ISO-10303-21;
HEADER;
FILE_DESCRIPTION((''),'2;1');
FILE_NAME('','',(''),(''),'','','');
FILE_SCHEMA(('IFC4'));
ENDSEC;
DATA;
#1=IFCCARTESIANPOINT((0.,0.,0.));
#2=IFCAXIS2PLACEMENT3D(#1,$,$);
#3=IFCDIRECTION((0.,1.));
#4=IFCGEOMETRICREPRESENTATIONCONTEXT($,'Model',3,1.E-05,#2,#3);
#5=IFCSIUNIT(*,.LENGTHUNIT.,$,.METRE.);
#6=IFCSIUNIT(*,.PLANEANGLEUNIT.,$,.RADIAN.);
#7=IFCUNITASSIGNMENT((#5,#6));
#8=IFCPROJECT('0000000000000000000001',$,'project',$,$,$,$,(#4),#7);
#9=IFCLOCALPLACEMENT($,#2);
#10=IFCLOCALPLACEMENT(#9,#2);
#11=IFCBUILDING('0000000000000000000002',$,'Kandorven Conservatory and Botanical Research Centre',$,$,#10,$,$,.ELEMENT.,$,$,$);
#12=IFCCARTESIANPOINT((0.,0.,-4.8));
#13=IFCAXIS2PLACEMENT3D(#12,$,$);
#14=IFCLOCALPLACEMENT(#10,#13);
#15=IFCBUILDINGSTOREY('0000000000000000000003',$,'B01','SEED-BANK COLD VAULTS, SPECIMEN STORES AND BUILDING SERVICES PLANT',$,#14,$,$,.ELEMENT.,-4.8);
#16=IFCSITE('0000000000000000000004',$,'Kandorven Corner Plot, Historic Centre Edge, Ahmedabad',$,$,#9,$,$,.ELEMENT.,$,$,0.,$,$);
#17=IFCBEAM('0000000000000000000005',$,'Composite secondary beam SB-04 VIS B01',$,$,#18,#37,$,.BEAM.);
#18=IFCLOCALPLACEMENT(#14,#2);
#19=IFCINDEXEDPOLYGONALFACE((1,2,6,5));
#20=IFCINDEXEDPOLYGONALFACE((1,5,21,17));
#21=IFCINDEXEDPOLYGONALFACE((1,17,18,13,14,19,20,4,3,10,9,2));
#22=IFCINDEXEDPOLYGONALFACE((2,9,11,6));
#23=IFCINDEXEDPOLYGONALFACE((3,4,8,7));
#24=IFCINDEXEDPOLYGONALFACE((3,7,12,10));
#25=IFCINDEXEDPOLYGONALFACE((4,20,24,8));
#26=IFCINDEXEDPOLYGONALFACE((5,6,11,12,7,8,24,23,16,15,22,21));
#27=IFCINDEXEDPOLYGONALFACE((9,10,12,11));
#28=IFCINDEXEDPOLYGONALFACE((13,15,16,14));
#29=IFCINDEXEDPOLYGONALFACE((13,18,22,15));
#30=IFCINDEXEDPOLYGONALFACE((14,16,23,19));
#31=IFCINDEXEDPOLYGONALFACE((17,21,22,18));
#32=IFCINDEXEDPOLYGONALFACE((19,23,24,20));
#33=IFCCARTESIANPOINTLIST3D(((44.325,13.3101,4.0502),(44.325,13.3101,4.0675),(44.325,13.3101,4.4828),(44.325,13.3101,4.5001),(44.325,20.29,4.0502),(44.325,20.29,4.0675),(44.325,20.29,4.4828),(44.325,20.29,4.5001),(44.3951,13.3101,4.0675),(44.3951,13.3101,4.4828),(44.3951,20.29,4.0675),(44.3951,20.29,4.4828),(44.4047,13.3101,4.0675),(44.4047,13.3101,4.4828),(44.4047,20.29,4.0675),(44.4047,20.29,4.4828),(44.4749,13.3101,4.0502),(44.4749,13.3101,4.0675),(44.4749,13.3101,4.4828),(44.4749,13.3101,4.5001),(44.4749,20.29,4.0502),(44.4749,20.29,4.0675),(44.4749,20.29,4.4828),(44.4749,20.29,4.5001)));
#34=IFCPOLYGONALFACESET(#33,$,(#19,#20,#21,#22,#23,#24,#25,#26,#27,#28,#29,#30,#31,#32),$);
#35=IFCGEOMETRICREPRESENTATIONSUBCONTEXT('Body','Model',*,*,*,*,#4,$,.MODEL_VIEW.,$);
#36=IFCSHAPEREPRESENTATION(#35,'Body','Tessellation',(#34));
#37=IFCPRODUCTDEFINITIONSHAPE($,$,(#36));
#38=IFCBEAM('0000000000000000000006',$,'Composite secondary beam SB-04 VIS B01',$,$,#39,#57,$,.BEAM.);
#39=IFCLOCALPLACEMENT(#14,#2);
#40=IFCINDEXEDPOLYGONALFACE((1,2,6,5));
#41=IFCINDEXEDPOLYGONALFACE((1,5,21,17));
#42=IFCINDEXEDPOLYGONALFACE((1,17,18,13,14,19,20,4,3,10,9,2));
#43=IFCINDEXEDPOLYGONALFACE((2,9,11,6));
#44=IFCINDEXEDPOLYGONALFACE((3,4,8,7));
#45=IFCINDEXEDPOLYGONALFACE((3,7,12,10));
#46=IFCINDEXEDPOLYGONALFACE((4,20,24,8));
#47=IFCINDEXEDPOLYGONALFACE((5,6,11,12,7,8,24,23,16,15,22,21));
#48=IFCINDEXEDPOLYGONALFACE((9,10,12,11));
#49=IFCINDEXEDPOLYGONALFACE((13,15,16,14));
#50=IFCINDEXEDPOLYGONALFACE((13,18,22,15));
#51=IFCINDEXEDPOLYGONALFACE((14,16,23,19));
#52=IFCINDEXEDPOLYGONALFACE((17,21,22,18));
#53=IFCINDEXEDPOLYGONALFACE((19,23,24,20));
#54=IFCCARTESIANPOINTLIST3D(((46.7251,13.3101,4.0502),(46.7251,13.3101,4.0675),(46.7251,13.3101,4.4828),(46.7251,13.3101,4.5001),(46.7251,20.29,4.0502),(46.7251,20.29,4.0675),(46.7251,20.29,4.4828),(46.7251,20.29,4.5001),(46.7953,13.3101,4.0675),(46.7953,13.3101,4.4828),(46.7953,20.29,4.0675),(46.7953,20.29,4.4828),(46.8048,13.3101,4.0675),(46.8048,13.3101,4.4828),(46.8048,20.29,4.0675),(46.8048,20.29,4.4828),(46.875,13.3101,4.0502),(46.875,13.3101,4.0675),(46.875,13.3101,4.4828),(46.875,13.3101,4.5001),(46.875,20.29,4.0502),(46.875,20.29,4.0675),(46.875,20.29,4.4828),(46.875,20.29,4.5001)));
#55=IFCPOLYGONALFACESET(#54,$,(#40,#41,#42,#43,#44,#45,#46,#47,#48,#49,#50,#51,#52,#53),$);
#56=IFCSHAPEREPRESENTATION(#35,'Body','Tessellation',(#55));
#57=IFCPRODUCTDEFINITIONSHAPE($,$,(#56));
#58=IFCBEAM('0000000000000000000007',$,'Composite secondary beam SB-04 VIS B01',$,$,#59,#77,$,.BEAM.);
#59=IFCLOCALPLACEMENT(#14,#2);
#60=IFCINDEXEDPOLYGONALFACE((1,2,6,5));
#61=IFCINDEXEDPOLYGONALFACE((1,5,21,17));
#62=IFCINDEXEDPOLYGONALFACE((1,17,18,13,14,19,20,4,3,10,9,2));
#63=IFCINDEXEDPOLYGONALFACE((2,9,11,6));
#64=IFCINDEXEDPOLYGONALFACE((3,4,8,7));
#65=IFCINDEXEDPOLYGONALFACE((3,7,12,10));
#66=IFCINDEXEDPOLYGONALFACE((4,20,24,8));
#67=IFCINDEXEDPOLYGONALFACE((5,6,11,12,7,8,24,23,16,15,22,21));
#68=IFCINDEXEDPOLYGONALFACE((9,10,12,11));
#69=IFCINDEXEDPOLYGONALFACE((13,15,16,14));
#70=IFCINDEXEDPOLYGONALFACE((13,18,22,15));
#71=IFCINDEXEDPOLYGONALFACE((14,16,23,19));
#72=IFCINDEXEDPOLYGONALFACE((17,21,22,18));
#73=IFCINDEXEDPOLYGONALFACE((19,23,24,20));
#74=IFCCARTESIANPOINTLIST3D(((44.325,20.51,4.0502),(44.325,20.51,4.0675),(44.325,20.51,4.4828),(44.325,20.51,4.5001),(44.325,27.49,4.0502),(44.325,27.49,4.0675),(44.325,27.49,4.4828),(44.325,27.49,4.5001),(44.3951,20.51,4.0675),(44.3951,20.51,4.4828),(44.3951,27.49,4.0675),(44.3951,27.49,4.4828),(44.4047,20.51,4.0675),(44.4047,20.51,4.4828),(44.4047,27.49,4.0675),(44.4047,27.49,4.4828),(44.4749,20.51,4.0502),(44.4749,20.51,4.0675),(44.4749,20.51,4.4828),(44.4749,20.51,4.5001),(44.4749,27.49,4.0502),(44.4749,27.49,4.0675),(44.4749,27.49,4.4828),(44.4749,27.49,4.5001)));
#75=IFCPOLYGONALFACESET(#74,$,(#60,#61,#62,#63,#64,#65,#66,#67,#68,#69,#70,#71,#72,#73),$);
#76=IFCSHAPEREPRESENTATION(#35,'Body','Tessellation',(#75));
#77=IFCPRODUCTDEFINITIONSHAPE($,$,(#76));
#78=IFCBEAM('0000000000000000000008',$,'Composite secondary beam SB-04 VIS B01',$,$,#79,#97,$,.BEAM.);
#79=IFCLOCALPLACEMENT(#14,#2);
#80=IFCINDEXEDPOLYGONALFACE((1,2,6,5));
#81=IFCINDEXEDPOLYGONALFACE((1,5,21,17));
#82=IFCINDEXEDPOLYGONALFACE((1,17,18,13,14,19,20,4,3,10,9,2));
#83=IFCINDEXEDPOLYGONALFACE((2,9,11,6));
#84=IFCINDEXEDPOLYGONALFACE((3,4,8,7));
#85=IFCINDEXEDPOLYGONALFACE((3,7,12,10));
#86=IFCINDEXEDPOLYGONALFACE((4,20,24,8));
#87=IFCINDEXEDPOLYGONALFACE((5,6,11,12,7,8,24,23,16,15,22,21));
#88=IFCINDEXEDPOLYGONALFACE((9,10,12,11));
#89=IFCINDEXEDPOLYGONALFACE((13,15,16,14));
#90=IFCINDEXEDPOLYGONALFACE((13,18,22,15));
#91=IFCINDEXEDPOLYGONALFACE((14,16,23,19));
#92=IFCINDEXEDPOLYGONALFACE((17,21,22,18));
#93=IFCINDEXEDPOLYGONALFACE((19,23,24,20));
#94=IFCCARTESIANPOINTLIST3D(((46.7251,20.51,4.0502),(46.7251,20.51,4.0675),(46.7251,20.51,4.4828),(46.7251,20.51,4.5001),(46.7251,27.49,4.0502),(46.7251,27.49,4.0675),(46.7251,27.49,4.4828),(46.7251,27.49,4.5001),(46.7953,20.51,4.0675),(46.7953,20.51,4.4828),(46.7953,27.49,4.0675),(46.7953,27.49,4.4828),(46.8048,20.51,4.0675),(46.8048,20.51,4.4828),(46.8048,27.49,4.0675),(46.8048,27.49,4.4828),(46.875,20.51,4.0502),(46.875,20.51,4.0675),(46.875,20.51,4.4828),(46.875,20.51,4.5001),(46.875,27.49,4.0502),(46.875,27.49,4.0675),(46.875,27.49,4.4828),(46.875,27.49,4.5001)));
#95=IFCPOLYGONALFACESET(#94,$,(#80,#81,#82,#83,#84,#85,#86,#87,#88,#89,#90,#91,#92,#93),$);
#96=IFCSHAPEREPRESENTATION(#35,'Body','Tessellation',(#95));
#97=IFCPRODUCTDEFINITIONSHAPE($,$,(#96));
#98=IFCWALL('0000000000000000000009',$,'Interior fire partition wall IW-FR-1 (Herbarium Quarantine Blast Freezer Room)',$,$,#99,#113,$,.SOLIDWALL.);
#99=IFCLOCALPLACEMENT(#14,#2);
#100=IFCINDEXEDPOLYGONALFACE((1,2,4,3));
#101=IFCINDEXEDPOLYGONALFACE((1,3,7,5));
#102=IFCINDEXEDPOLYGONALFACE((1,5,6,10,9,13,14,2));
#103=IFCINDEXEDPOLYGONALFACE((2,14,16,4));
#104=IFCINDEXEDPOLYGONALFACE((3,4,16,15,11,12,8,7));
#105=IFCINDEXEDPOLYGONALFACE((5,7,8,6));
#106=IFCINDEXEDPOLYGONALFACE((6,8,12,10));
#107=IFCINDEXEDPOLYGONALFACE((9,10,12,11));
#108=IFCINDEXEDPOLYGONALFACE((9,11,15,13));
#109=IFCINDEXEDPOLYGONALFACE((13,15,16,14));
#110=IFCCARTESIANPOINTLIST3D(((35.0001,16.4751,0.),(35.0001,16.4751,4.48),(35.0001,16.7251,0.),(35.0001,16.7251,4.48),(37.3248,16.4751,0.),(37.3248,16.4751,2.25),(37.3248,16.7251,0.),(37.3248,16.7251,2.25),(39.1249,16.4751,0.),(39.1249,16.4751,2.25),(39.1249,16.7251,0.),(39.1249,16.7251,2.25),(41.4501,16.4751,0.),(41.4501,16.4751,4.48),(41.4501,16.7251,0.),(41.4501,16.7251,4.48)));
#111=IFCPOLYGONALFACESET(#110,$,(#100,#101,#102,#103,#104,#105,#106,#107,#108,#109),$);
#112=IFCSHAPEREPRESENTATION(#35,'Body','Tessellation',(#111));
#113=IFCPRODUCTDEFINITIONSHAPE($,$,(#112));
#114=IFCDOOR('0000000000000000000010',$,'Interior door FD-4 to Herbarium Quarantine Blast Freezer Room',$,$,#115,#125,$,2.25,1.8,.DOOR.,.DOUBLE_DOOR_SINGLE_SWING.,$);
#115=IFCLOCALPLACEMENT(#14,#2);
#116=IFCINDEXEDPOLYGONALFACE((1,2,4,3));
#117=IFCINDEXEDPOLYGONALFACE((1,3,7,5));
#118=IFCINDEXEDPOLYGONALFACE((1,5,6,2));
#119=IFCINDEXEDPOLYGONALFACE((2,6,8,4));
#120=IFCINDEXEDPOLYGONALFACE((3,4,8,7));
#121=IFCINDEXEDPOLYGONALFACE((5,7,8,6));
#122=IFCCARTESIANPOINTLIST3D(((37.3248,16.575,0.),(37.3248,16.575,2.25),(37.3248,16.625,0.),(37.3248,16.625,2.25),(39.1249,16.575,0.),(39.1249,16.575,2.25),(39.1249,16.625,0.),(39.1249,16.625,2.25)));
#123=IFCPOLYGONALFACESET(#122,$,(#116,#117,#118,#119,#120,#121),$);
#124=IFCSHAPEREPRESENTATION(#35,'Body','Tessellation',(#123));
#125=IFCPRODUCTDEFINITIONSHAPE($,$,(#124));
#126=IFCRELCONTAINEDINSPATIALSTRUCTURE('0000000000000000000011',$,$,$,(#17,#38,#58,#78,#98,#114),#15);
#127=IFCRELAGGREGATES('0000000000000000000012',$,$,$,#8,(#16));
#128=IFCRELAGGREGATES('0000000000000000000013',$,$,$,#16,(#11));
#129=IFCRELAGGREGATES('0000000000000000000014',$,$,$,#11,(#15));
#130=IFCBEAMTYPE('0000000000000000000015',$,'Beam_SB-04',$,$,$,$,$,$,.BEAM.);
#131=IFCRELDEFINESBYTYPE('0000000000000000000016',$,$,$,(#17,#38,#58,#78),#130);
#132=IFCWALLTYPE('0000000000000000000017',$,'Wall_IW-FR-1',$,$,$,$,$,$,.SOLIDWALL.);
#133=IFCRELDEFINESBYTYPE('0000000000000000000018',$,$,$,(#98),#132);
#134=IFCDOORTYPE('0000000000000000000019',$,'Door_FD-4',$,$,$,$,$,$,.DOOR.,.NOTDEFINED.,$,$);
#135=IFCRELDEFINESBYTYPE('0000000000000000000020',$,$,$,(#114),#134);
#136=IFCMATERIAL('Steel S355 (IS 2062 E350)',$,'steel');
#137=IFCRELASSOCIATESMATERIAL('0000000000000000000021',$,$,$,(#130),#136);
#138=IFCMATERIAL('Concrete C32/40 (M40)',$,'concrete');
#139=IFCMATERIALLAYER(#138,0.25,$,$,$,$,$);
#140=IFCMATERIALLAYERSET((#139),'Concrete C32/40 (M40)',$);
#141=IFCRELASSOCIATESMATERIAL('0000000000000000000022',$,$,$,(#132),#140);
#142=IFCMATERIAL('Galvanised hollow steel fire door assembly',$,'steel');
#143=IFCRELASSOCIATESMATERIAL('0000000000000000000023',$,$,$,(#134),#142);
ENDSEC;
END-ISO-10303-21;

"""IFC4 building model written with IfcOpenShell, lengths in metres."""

from ifc_helpers import new_model, si_unit, direction, frame, frame_2d, origin, origin_2d, place, context, subcontext, project, spatial, rectangle, i_section, extrude, material, layer, layer_set, material_profile, profile_set, type_object, element, fill, save


model = new_model("IFC4")

# Units and contexts
model_context = context("Model", 3, precision=1e-05, world=origin(), true_north=direction((0.0, 1.0)))
body_context = subcontext(model_context, "Body", "Model", "MODEL_VIEW")
ifc_project = project(units=[si_unit("LENGTHUNIT", "METRE"), si_unit("PLANEANGLEUNIT", "RADIAN")], contexts=[model_context])

# Site, building, storey
site_placement = place(None, origin())
site = spatial("IfcSite", under=ifc_project, at=site_placement, Name="Kandorven Corner Plot, Historic Centre Edge, Ahmedabad", CompositionType="ELEMENT", RefElevation=0.0)
building_placement = place(site_placement, origin())
building = spatial("IfcBuilding", under=site, at=building_placement, Name="Kandorven Conservatory and Botanical Research Centre", CompositionType="ELEMENT")
storey_placement = place(building_placement, frame((0.0, 0.0, -4.8)))
storey = spatial("IfcBuildingStorey", under=building, at=storey_placement, Name="B01", Description="SEED-BANK COLD VAULTS, SPECIMEN STORES AND BUILDING SERVICES PLANT", CompositionType="ELEMENT", Elevation=-4.8)

# Beams
ifc_material_1 = material(Name="Steel S355 (IS 2062 E350)", Category="steel")
ifc_material_profile_1 = material_profile(ifc_material_1, i_section(OverallWidth=0.1499, OverallDepth=0.45, WebThickness=0.0095, FlangeThickness=0.0173, at=origin_2d()))
ifc_profile_set_1 = profile_set([ifc_material_profile_1], Name="Steel S355 (IS 2062 E350)")
beam_type_1 = type_object("IfcBeamType", Name="Beam_SB-04", PredefinedType="BEAM", material=ifc_profile_set_1)
for number, where, z_axis, x_axis, name in (
    (1, (44.3999, 13.3101, 4.2751), (0.0, 1.0, 0.0), (-1.0, 0.0, 0.0), "Composite secondary beam SB-04 VIS B01"),
    (2, (46.8, 13.3101, 4.2751), (0.0, 1.0, 0.0), (-1.0, 0.0, 0.0), "Composite secondary beam SB-04 VIS B01"),
    (3, (44.3999, 20.51, 4.2751), (0.0, 1.0, 0.0), (-1.0, 0.0, 0.0), "Composite secondary beam SB-04 VIS B01"),
    (4, (46.8, 20.51, 4.2751), (0.0, 1.0, 0.0), (-1.0, 0.0, 0.0), "Composite secondary beam SB-04 VIS B01"),
):
    element("IfcBeam", number, at=place(storey_placement, frame(where, z_axis=z_axis, x_axis=x_axis)), inside=storey, type_object=beam_type_1, Name=name, PredefinedType="BEAM", context=body_context, shape_type="SweptSolid", body=[
        extrude(i_section(OverallWidth=0.1499, OverallDepth=0.45, WebThickness=0.0095, FlangeThickness=0.0173, at=origin_2d()), origin(), (0.0, 0.0, 1.0), 6.98),
    ])

# Wall, opening, door
ifc_material_2 = material(Name="Concrete C32/40 (M40)", Category="concrete")
ifc_layer = layer(ifc_material_2, 0.25)
ifc_layer_set = layer_set([ifc_layer], Name="Concrete C32/40 (M40)")
wall_type = type_object("IfcWallType", Name="Wall_IW-FR-1", PredefinedType="SOLIDWALL", material=ifc_layer_set)
wall_placement = place(storey_placement, frame((35.0, 16.6001, 0.0), z_axis=(0.0, 0.0, 1.0), x_axis=(1.0, 0.0, 0.0)))
wall = element("IfcWall", 5, at=wall_placement, inside=storey, type_object=wall_type, Name="Interior fire partition wall IW-FR-1 (Herbarium Quarantine Blast Freezer Room)", PredefinedType="SOLIDWALL", context=body_context, shape_type="SweptSolid", body=[
    extrude(rectangle(XDim=6.45, YDim=0.25, at=frame_2d((3.2251, 0.0))), origin(), (0.0, 0.0, 1.0), 4.48),
])
opening_placement = place(wall_placement, frame((2.325, 0.0, 0.0)))
opening = element("IfcOpeningElement", 6, at=opening_placement, cuts=wall, PredefinedType="OPENING", context=body_context, shape_type="SweptSolid", body=[
    extrude(rectangle(XDim=1.8, YDim=2.25, at=frame_2d((0.8999, 1.125))), frame((0.0, 0.135, 0.0), z_axis=(0.0, -1.0, 0.0), x_axis=(1.0, 0.0, 0.0)), (0.0, 0.0, 1.0), 0.27),
])
ifc_material_3 = material(Name="Galvanised hollow steel fire door assembly", Category="steel")
door_type = type_object("IfcDoorType", Name="Door_FD-4", OperationType="NOTDEFINED", PredefinedType="DOOR", material=ifc_material_3)
door_placement = place(opening_placement, origin())
door = element("IfcDoor", 7, at=door_placement, inside=storey, type_object=door_type, Name="Interior door FD-4 to Herbarium Quarantine Blast Freezer Room", OperationType="DOUBLE_DOOR_SINGLE_SWING", OverallHeight=2.25, OverallWidth=1.8, PredefinedType="DOOR", context=body_context, shape_type="SweptSolid", body=[
    extrude(rectangle(XDim=1.8, YDim=2.25, at=frame_2d((0.8999, 1.125))), frame((0.0, 0.0249, 0.0), z_axis=(0.0, -1.0, 0.0), x_axis=(1.0, 0.0, 0.0)), (0.0, 0.0, 1.0), 0.05),
])
fill(opening, door)

save(model, "model.ifc")
